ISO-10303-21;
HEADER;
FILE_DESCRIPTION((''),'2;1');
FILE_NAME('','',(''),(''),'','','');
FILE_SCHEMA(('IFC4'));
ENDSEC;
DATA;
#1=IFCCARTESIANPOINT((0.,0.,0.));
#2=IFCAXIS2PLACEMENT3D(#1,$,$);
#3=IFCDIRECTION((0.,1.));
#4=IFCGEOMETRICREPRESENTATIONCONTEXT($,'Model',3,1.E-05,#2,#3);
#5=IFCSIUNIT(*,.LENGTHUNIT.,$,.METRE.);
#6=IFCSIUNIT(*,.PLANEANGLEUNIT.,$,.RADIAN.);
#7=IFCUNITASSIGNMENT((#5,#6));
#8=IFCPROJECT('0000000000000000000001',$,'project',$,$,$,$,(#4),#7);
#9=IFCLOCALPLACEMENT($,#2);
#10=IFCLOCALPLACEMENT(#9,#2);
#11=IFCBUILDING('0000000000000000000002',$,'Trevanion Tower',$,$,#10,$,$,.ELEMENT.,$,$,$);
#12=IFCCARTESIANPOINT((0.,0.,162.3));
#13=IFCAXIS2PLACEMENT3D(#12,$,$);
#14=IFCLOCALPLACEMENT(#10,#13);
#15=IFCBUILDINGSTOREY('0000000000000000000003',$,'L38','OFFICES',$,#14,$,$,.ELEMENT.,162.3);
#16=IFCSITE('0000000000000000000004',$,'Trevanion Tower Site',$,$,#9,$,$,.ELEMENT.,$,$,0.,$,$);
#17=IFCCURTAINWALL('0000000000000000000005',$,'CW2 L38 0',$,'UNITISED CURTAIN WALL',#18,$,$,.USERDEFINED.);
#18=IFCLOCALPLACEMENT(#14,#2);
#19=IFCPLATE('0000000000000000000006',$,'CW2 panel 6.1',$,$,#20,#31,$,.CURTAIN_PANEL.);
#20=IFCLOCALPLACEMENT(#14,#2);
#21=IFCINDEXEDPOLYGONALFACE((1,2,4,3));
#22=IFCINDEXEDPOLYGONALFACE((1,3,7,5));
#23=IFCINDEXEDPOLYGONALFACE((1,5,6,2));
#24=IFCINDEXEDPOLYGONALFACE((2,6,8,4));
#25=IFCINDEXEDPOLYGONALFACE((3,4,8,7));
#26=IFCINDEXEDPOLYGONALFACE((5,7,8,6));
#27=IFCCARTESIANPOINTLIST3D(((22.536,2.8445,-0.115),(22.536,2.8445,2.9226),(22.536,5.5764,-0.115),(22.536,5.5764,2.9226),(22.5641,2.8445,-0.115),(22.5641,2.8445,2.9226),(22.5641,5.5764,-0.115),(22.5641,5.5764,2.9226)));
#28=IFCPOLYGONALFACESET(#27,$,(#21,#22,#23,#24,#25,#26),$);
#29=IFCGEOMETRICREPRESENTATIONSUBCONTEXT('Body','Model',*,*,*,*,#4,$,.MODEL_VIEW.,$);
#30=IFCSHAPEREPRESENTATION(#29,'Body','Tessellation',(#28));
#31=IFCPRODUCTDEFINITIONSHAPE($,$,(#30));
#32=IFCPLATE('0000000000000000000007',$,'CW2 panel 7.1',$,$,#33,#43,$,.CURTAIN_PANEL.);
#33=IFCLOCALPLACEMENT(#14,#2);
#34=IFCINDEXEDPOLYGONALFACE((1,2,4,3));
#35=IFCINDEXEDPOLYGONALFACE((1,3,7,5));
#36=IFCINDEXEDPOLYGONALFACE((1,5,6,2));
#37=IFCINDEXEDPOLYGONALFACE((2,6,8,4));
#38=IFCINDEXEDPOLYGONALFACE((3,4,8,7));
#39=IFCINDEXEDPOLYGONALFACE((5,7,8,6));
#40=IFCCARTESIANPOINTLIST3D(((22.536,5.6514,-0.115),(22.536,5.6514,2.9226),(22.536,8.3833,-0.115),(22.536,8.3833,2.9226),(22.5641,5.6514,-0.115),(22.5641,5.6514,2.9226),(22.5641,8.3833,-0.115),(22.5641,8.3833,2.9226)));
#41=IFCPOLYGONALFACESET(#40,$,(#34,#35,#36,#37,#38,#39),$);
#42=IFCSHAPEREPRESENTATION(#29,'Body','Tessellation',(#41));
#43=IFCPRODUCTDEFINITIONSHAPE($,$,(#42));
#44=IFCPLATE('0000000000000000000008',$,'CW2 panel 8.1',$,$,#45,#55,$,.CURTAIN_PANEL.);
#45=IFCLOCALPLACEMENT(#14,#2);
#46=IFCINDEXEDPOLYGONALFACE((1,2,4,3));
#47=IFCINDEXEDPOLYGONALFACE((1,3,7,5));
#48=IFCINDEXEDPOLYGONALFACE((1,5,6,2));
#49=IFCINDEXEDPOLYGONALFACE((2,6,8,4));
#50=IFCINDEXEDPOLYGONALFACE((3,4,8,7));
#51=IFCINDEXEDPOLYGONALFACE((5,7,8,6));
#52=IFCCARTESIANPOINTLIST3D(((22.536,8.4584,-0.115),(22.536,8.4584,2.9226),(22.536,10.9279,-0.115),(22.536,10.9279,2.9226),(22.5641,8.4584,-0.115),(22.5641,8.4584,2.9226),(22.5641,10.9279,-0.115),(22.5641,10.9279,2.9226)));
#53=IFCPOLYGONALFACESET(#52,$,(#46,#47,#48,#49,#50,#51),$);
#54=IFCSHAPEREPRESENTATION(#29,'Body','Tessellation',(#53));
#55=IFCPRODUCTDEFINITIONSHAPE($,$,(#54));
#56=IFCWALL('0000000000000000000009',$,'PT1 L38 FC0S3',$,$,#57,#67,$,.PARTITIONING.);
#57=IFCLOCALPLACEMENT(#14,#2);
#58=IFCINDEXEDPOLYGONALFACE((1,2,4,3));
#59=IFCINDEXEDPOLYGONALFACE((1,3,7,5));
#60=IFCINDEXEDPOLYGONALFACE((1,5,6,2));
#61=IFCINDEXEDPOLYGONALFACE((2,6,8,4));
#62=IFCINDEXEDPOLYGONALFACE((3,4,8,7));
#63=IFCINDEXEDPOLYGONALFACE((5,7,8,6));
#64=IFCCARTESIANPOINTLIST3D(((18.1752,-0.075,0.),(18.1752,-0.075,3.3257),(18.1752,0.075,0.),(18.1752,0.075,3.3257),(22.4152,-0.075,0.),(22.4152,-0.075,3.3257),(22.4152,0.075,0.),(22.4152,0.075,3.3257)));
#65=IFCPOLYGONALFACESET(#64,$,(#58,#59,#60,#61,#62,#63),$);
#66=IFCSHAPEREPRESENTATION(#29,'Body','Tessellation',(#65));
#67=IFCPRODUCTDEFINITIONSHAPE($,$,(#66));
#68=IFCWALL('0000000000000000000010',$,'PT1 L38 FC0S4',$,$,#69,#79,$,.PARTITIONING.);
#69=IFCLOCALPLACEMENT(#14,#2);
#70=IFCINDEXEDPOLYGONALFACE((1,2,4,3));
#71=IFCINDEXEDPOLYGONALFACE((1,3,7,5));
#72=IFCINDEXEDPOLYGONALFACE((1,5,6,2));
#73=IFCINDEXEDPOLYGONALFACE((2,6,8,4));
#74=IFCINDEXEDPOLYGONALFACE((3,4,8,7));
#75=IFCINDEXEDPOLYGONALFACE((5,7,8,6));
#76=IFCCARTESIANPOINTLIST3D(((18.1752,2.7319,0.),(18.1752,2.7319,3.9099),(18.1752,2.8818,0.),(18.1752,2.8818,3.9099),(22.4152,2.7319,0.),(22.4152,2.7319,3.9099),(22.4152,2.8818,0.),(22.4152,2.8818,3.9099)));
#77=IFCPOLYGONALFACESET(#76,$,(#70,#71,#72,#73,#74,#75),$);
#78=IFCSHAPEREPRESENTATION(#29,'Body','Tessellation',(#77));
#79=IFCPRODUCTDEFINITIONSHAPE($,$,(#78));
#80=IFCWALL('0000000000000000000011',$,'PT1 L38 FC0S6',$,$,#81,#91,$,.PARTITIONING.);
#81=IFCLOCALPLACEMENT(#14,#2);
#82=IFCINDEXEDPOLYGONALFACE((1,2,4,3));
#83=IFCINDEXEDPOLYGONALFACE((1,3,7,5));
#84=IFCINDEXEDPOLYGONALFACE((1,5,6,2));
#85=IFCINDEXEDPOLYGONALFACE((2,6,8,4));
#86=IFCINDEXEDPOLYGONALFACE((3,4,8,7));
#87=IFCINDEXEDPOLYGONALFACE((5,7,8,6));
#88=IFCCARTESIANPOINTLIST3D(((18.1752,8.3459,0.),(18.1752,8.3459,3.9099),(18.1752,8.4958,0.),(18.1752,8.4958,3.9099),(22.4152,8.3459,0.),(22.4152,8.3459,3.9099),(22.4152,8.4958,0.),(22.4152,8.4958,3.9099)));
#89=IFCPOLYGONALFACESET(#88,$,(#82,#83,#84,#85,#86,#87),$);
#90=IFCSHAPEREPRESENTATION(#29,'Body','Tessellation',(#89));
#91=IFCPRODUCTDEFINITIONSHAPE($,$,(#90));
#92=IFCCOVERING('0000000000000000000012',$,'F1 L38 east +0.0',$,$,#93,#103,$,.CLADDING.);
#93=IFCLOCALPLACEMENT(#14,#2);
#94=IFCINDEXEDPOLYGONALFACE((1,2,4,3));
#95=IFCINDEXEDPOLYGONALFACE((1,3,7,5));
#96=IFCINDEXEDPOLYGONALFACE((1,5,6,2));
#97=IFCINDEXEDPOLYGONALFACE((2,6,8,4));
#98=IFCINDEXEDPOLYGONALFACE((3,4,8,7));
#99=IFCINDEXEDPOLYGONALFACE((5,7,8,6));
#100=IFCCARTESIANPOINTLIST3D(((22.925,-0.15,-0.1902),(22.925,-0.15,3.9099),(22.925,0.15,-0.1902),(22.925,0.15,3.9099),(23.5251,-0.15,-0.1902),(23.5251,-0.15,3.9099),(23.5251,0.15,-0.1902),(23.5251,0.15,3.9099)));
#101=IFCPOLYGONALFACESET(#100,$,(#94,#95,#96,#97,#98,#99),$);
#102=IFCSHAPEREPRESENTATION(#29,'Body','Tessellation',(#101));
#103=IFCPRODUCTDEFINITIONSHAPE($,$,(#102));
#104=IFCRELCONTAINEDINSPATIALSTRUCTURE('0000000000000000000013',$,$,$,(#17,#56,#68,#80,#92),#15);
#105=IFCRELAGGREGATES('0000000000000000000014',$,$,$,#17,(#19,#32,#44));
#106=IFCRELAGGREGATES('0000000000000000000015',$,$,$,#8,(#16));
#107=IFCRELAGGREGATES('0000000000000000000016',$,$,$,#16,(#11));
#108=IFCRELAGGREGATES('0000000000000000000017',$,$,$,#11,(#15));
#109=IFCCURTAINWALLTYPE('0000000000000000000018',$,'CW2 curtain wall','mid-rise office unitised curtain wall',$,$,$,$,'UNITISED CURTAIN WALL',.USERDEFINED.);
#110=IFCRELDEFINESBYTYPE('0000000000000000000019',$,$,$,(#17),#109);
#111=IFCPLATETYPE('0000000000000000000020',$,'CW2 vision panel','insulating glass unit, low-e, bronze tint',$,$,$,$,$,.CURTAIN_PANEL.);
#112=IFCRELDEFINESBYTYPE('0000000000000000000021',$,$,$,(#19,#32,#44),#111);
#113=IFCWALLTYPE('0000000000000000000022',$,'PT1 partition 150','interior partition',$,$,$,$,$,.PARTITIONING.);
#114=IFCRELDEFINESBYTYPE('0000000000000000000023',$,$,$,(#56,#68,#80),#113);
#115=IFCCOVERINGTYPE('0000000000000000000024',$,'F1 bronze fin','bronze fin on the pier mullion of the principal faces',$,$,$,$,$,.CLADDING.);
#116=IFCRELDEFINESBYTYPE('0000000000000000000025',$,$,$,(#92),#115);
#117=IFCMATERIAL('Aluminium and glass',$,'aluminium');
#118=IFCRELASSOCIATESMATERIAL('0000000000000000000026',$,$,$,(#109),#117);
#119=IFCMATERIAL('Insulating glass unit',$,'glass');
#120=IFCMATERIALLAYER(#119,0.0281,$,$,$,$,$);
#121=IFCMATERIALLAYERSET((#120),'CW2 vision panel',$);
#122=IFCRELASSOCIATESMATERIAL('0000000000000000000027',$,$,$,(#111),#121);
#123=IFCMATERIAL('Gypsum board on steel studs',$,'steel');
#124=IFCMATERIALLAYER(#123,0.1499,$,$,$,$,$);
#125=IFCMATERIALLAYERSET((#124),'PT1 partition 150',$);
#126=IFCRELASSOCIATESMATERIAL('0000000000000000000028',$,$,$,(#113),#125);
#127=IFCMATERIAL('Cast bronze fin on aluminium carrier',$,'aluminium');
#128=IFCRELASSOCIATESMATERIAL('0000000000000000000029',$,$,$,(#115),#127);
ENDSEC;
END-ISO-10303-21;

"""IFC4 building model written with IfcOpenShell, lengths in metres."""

from ifc_helpers import new_model, si_unit, direction, frame, frame_2d, origin, origin_2d, place, context, subcontext, project, spatial, rectangle, extrude, material, layer, layer_set, type_object, element, aggregate, save


model = new_model("IFC4")

# Units and contexts
model_context = context("Model", 3, precision=1e-05, world=origin(), true_north=direction((0.0, 1.0)))
body_context = subcontext(model_context, "Body", "Model", "MODEL_VIEW")
ifc_project = project(units=[si_unit("LENGTHUNIT", "METRE"), si_unit("PLANEANGLEUNIT", "RADIAN")], contexts=[model_context])

# Site, building, storey
site_placement = place(None, origin())
site = spatial("IfcSite", under=ifc_project, at=site_placement, Name="Trevanion Tower Site", CompositionType="ELEMENT", RefElevation=0.0)
building_placement = place(site_placement, origin())
building = spatial("IfcBuilding", under=site, at=building_placement, Name="Trevanion Tower", CompositionType="ELEMENT")
storey_placement = place(building_placement, frame((0.0, 0.0, 162.3)))
storey = spatial("IfcBuildingStorey", under=building, at=storey_placement, Name="L38", Description="OFFICES", CompositionType="ELEMENT", Elevation=162.3)

# Curtain wall
ifc_material_1 = material(Name="Aluminium and glass", Category="aluminium")
curtain_wall_type = type_object("IfcCurtainWallType", Name="CW2 curtain wall", Description="mid-rise office unitised curtain wall", ElementType="UNITISED CURTAIN WALL", PredefinedType="USERDEFINED", material=ifc_material_1)
curtain_wall_placement = place(storey_placement, origin())
curtain_wall = element("IfcCurtainWall", 1, at=curtain_wall_placement, inside=storey, type_object=curtain_wall_type, Name="CW2 L38 0", ObjectType="UNITISED CURTAIN WALL", PredefinedType="USERDEFINED")

# Plates
ifc_material_2 = material(Name="Insulating glass unit", Category="glass")
ifc_layer_1 = layer(ifc_material_2, 0.0281)
ifc_layer_set_1 = layer_set([ifc_layer_1], Name="CW2 vision panel")
plate_type_1 = type_object("IfcPlateType", Name="CW2 vision panel", Description="insulating glass unit, low-e, bronze tint", PredefinedType="CURTAIN_PANEL", material=ifc_layer_set_1)
plate_1_placement = place(storey_placement, frame((22.55, 4.2104, -0.115), z_axis=(0.0, 0.0, 1.0), x_axis=(0.0, 1.0, 0.0)))
plate_1 = element("IfcPlate", 2, at=plate_1_placement, type_object=plate_type_1, Name="CW2 panel 6.1", PredefinedType="CURTAIN_PANEL", context=body_context, shape_type="SweptSolid", body=[
    extrude(rectangle(XDim=2.7319, YDim=0.0281, at=origin_2d()), origin(), (0.0, 0.0, 1.0), 3.0376),
])
plate_2_placement = place(storey_placement, frame((22.55, 7.0173, -0.115), z_axis=(0.0, 0.0, 1.0), x_axis=(0.0, 1.0, 0.0)))
plate_2 = element("IfcPlate", 3, at=plate_2_placement, type_object=plate_type_1, Name="CW2 panel 7.1", PredefinedType="CURTAIN_PANEL", context=body_context, shape_type="SweptSolid", body=[
    extrude(rectangle(XDim=2.7319, YDim=0.0281, at=origin_2d()), origin(), (0.0, 0.0, 1.0), 3.0376),
])
plate_3_placement = place(storey_placement, frame((22.55, 9.6931, -0.115), z_axis=(0.0, 0.0, 1.0), x_axis=(0.0, 1.0, 0.0)))
plate_3 = element("IfcPlate", 4, at=plate_3_placement, type_object=plate_type_1, Name="CW2 panel 8.1", PredefinedType="CURTAIN_PANEL", context=body_context, shape_type="SweptSolid", body=[
    extrude(rectangle(XDim=2.4695, YDim=0.0281, at=origin_2d()), origin(), (0.0, 0.0, 1.0), 3.0376),
])
aggregate(curtain_wall, [plate_1, plate_2, plate_3])

# Walls
ifc_material_3 = material(Name="Gypsum board on steel studs", Category="steel")
ifc_layer_2 = layer(ifc_material_3, 0.1499)
ifc_layer_set_2 = layer_set([ifc_layer_2], Name="PT1 partition 150")
wall_type = type_object("IfcWallType", Name="PT1 partition 150", Description="interior partition", PredefinedType="PARTITIONING", material=ifc_layer_set_2)
wall_placement = place(storey_placement, frame((18.175, 0.0, 0.0), z_axis=(0.0, 0.0, 1.0), x_axis=(1.0, 0.0, 0.0)))
element("IfcWall", 5, at=wall_placement, inside=storey, type_object=wall_type, Name="PT1 L38 FC0S3", PredefinedType="PARTITIONING", context=body_context, shape_type="SweptSolid", body=[
    extrude(rectangle(XDim=4.24, YDim=0.1499, at=frame_2d((2.1201, 0.0))), origin(), (0.0, 0.0, 1.0), 3.3257),
])
for number, where, z_axis, x_axis, name in (
    (6, (18.175, 2.8069, 0.0), (0.0, 0.0, 1.0), (1.0, 0.0, 0.0), "PT1 L38 FC0S4"),
    (7, (18.175, 8.4209, 0.0), (0.0, 0.0, 1.0), (1.0, 0.0, 0.0), "PT1 L38 FC0S6"),
):
    element("IfcWall", number, at=place(storey_placement, frame(where, z_axis=z_axis, x_axis=x_axis)), inside=storey, type_object=wall_type, Name=name, PredefinedType="PARTITIONING", context=body_context, shape_type="SweptSolid", body=[
        extrude(rectangle(XDim=4.24, YDim=0.1499, at=frame_2d((2.1201, 0.0))), origin(), (0.0, 0.0, 1.0), 3.9099),
    ])

# Covering
ifc_material_4 = material(Name="Cast bronze fin on aluminium carrier", Category="aluminium")
covering_type = type_object("IfcCoveringType", Name="F1 bronze fin", Description="bronze fin on the pier mullion of the principal faces", PredefinedType="CLADDING", material=ifc_material_4)
covering_placement = place(storey_placement, frame((23.2251, 0.0, -0.1902), z_axis=(0.0, 0.0, 1.0), x_axis=(0.0, 1.0, 0.0)))
element("IfcCovering", 8, at=covering_placement, inside=storey, type_object=covering_type, Name="F1 L38 east +0.0", PredefinedType="CLADDING", context=body_context, shape_type="SweptSolid", body=[
    extrude(rectangle(XDim=0.3, YDim=0.6001, at=origin_2d()), origin(), (0.0, 0.0, 1.0), 4.1001),
])

save(model, "model.ifc")
